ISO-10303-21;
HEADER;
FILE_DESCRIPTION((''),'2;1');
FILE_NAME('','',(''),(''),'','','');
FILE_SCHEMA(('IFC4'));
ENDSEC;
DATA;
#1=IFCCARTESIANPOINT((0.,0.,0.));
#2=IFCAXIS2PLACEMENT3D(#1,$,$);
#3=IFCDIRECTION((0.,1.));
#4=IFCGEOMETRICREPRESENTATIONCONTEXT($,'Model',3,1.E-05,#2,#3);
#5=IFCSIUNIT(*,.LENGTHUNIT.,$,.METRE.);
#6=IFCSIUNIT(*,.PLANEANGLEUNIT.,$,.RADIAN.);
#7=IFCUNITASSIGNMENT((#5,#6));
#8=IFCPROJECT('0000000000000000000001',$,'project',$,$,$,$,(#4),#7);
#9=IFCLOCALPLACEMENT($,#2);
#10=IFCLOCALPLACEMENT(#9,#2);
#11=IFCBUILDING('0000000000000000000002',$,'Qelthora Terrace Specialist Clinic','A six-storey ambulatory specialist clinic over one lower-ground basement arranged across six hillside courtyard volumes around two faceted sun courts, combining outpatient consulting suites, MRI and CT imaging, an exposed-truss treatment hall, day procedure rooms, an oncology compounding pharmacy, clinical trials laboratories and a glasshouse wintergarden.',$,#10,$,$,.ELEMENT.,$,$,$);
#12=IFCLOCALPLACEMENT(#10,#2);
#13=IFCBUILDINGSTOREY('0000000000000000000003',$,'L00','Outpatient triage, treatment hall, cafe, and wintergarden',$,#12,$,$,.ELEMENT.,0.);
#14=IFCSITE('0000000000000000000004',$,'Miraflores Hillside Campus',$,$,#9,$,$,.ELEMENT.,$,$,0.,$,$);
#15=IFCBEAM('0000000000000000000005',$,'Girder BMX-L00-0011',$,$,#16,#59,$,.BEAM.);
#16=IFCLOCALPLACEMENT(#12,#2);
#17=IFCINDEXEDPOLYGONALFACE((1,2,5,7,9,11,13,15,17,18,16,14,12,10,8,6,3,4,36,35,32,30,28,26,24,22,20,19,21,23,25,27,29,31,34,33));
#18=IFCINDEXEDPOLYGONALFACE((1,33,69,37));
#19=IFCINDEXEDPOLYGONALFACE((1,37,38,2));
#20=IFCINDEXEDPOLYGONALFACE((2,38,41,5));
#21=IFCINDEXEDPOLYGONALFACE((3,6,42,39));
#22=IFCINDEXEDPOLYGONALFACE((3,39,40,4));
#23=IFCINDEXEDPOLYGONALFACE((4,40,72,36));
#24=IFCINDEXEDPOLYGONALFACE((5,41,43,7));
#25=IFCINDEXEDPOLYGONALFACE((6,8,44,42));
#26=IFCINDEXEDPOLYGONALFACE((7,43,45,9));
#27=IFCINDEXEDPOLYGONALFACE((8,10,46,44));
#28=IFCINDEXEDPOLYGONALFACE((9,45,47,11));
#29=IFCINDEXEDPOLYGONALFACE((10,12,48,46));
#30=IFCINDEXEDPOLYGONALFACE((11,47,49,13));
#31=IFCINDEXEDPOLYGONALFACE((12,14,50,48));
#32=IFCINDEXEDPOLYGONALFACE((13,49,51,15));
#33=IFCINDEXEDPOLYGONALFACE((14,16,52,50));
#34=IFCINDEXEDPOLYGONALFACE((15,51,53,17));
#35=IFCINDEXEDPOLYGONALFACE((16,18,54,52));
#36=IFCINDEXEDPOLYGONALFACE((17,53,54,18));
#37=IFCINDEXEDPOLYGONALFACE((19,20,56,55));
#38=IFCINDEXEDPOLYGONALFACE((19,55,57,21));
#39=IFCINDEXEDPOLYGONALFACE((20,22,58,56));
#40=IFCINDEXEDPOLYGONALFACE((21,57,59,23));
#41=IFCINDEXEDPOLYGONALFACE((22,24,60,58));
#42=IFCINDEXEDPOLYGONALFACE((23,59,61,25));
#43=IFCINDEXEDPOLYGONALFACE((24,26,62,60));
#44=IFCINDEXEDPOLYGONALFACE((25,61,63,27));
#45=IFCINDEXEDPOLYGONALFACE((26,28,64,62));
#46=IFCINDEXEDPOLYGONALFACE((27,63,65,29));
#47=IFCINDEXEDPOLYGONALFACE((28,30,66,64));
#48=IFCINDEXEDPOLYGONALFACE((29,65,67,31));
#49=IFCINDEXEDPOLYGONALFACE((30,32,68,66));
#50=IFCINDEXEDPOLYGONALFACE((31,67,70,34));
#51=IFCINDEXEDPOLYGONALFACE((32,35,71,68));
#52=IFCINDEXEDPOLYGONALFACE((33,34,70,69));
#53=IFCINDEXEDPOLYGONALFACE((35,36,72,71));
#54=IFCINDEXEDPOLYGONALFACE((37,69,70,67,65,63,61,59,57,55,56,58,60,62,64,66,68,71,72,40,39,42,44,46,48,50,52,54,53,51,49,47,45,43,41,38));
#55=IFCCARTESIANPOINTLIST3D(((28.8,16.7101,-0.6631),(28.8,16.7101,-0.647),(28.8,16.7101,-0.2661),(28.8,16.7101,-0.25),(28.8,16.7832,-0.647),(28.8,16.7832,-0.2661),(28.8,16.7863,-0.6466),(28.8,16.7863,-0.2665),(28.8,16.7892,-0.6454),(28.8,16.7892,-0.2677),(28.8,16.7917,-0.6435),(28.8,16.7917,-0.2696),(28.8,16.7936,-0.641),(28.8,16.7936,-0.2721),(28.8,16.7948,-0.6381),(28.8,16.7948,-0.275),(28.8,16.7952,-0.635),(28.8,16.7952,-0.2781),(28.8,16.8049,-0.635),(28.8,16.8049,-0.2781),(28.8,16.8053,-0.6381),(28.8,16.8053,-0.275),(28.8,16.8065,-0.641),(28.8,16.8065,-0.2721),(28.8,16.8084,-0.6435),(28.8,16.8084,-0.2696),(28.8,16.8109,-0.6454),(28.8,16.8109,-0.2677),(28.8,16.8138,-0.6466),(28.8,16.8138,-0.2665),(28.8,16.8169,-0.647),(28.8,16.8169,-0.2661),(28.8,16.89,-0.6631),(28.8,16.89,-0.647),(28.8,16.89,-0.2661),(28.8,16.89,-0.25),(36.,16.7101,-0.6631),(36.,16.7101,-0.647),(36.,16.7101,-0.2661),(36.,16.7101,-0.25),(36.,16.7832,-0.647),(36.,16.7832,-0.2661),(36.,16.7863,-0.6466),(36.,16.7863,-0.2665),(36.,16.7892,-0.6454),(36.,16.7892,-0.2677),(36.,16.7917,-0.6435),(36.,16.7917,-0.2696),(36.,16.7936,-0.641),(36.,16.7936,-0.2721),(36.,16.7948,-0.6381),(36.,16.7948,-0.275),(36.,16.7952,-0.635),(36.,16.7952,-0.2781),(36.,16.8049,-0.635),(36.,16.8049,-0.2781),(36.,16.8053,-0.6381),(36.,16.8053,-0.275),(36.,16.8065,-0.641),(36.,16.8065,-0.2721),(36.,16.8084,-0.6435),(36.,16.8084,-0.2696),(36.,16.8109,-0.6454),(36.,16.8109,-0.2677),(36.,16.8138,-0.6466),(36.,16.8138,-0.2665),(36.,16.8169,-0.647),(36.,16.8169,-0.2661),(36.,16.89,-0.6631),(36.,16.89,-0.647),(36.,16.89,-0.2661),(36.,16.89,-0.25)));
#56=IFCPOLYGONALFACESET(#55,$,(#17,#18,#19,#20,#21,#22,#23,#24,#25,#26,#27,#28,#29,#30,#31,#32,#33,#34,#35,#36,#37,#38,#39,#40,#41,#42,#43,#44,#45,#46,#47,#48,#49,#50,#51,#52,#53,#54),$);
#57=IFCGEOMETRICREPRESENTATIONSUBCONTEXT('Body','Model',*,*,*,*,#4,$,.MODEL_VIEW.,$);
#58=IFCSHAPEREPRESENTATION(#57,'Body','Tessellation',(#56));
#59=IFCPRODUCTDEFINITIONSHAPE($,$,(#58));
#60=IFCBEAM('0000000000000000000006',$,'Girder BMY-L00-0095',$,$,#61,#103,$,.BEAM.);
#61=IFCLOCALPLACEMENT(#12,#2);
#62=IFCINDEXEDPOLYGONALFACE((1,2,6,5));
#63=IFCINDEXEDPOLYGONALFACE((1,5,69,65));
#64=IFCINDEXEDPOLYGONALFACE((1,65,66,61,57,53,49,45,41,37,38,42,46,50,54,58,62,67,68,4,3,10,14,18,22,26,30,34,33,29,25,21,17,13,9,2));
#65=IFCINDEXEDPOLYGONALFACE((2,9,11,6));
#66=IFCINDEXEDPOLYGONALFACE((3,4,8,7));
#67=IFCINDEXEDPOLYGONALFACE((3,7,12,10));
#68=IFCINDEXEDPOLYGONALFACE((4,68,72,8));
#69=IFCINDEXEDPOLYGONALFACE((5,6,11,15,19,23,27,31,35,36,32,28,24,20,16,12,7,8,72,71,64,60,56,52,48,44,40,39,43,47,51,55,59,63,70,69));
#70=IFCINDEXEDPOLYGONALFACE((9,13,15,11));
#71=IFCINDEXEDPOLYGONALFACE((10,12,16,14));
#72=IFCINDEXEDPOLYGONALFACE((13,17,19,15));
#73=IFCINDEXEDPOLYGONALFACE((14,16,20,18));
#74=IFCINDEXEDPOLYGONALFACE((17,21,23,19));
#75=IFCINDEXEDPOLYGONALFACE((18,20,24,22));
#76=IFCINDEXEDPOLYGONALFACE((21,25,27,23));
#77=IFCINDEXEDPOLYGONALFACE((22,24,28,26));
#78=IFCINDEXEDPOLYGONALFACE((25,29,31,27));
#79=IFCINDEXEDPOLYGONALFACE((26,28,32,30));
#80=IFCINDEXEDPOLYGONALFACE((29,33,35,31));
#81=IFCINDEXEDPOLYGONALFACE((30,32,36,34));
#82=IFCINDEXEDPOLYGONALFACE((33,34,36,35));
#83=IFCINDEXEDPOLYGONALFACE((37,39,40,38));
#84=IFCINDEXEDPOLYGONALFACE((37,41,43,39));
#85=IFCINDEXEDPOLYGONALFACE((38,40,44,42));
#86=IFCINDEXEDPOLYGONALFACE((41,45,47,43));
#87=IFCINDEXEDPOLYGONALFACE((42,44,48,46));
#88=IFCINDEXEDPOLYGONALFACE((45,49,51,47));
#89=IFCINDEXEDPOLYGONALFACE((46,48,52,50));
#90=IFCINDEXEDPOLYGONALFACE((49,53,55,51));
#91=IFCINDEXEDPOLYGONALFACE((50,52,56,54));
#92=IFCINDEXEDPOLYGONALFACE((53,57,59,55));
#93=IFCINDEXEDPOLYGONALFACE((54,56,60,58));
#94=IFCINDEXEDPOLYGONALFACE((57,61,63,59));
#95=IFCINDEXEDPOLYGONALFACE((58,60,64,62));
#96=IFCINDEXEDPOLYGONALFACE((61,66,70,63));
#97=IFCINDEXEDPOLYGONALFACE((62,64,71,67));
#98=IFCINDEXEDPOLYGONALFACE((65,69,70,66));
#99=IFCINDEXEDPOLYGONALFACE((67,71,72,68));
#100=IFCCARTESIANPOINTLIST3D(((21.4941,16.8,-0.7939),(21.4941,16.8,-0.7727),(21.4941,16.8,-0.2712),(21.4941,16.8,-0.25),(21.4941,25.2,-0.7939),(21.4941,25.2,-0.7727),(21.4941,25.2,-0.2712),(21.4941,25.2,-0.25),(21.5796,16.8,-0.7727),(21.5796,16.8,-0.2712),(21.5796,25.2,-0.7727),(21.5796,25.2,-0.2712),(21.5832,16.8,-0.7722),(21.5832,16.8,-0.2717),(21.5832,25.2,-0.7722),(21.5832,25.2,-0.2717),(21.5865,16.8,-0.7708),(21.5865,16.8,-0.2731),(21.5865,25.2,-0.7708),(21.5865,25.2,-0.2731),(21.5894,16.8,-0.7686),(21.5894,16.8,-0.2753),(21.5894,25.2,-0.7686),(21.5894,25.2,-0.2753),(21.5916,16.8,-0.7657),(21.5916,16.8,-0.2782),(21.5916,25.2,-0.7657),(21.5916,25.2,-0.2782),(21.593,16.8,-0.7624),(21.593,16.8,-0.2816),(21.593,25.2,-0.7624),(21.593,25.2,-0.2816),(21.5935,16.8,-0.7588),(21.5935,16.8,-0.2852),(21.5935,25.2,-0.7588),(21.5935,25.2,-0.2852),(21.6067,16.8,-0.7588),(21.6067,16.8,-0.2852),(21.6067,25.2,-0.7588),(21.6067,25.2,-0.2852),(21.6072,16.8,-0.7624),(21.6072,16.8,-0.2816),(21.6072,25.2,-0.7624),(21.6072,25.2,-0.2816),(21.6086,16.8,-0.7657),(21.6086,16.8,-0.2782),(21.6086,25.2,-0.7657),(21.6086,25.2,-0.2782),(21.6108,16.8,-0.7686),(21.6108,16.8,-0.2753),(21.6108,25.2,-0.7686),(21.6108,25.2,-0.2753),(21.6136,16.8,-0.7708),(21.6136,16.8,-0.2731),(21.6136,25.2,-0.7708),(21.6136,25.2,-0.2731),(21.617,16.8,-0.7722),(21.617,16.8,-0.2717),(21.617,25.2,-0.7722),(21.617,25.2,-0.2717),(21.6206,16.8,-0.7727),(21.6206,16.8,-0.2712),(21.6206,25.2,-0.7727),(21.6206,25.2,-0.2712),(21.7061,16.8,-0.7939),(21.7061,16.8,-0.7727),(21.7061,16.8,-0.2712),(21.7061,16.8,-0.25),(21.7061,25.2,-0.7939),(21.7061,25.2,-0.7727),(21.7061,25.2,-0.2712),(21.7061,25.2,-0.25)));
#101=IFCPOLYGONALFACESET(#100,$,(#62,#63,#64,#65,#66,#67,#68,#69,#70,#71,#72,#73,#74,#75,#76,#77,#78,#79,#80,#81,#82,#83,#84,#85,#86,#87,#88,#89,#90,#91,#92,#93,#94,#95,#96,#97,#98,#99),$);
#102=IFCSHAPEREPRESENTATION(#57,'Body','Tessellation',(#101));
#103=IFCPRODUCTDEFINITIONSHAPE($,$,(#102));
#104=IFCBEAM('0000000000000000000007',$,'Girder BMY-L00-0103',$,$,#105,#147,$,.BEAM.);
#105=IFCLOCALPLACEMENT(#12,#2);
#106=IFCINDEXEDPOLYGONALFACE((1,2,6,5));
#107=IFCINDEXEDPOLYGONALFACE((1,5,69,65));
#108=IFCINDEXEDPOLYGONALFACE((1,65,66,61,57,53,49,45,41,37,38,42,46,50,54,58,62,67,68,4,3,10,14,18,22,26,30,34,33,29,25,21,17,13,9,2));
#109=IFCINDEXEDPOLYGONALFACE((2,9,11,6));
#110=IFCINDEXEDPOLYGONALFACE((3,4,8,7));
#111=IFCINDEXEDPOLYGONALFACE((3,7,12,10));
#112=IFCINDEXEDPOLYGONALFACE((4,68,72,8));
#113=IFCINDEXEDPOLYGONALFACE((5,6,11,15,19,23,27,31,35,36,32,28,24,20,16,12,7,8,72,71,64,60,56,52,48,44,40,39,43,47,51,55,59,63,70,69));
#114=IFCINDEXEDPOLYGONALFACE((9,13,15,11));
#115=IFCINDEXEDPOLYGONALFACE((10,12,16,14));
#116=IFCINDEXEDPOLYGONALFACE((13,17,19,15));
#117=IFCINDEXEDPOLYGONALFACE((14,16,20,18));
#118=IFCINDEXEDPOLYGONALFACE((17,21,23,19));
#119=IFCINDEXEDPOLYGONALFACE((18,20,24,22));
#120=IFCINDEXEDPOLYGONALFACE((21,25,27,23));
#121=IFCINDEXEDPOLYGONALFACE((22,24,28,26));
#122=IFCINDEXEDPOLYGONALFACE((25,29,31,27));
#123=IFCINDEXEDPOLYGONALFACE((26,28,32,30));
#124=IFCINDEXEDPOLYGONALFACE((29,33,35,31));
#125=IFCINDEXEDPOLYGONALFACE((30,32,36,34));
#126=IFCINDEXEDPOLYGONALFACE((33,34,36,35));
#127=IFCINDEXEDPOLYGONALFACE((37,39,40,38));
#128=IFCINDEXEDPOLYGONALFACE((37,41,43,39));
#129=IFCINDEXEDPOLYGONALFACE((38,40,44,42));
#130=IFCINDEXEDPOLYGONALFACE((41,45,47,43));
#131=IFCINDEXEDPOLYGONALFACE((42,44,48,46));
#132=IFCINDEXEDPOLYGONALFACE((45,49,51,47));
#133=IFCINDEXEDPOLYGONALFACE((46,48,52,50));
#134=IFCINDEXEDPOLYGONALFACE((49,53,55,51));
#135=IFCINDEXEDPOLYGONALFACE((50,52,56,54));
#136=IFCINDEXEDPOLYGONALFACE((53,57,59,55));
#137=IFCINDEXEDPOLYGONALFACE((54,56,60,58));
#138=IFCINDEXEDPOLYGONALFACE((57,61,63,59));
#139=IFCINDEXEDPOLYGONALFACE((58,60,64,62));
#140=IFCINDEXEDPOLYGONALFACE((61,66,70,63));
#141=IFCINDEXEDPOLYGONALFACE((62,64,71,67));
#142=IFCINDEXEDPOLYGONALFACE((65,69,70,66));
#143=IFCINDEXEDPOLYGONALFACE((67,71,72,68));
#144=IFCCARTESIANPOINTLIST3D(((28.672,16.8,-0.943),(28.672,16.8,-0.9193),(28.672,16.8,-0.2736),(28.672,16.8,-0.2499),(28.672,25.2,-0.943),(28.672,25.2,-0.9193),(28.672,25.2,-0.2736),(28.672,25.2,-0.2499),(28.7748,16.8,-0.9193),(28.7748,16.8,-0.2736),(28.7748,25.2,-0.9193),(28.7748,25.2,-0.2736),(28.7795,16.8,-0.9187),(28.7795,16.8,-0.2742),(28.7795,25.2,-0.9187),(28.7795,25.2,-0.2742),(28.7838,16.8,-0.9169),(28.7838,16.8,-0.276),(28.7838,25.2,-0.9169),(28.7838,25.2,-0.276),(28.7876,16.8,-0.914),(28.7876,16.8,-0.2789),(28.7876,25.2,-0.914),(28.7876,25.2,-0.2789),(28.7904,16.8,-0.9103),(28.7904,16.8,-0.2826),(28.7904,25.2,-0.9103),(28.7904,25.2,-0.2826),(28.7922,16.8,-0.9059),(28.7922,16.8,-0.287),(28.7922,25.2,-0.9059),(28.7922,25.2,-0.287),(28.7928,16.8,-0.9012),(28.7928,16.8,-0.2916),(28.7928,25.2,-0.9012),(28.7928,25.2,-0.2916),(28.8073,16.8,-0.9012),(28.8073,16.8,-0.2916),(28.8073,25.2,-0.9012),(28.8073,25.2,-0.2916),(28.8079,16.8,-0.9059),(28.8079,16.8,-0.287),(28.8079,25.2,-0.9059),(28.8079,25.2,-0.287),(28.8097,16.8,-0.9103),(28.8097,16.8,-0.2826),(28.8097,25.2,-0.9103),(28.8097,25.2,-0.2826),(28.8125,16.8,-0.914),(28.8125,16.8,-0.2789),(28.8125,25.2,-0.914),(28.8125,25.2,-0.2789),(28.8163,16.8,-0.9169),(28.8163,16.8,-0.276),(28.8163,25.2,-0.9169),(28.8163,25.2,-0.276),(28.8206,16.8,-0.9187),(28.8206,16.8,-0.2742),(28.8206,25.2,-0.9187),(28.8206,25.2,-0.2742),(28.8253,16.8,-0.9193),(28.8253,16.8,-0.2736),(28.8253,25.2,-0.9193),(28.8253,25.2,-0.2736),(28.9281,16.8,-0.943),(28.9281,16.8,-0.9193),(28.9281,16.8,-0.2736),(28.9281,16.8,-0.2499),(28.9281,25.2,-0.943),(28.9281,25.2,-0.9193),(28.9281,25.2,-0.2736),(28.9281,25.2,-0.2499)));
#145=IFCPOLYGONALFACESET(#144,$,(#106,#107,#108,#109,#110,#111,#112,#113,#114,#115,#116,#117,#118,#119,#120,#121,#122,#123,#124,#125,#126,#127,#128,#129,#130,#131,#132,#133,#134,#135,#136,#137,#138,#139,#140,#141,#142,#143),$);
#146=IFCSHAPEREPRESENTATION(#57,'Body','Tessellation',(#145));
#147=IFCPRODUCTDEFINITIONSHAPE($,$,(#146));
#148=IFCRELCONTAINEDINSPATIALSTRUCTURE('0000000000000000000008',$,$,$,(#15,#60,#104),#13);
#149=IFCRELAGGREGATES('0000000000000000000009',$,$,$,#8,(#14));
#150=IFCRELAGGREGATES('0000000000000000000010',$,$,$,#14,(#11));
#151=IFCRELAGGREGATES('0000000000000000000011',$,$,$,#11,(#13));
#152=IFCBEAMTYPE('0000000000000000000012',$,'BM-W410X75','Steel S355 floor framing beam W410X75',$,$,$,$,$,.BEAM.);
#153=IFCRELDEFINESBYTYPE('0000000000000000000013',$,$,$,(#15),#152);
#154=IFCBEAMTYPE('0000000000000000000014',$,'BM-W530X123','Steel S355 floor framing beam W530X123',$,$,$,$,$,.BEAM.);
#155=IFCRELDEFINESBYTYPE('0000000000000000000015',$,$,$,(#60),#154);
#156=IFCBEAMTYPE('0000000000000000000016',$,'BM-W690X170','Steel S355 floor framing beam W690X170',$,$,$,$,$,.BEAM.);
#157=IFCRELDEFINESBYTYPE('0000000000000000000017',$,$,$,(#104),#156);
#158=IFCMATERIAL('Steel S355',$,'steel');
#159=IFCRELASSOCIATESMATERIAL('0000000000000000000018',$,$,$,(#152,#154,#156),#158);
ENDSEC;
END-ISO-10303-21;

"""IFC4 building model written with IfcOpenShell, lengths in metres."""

from ifc_helpers import new_model, si_unit, direction, frame, origin, origin_2d, place, context, subcontext, project, spatial, i_section, extrude, material, material_profile, profile_set, type_object, element, save


model = new_model("IFC4")

# Units and contexts
model_context = context("Model", 3, precision=1e-05, world=origin(), true_north=direction((0.0, 1.0)))
body_context = subcontext(model_context, "Body", "Model", "MODEL_VIEW")
ifc_project = project(units=[si_unit("LENGTHUNIT", "METRE"), si_unit("PLANEANGLEUNIT", "RADIAN")], contexts=[model_context])

# Site, building, storey
site_placement = place(None, origin())
site = spatial("IfcSite", under=ifc_project, at=site_placement, Name="Miraflores Hillside Campus", CompositionType="ELEMENT", RefElevation=0.0)
building_placement = place(site_placement, origin())
building = spatial("IfcBuilding", under=site, at=building_placement, Name="Qelthora Terrace Specialist Clinic", Description="A six-storey ambulatory specialist clinic over one lower-ground basement arranged across six hillside courtyard volumes around two faceted sun courts, combining outpatient consulting suites, MRI and CT imaging, an exposed-truss treatment hall, day procedure rooms, an oncology compounding pharmacy, clinical trials laboratories and a glasshouse wintergarden.", CompositionType="ELEMENT")
storey_placement = place(building_placement, origin())
storey = spatial("IfcBuildingStorey", under=building, at=storey_placement, Name="L00", Description="Outpatient triage, treatment hall, cafe, and wintergarden", CompositionType="ELEMENT", Elevation=0.0)

# Shared definitions
ifc_material_1 = material(Name="Steel S355", Category="steel")

# Beams
ifc_material_profile_1 = material_profile(ifc_material_1, i_section(OverallWidth=0.1799, OverallDepth=0.4131, WebThickness=0.0098, FlangeThickness=0.0161, FilletRadius=0.012, at=origin_2d()), Name="W410X75")
ifc_profile_set_1 = profile_set([ifc_material_profile_1], Name="Steel S355")
beam_type_1 = type_object("IfcBeamType", Name="BM-W410X75", Description="Steel S355 floor framing beam W410X75", PredefinedType="BEAM", material=ifc_profile_set_1)
beam_1_placement = place(storey_placement, frame((28.8, 16.8, -0.4565), z_axis=(1.0, 0.0, 0.0), x_axis=(0.0, 1.0, 0.0)))
element("IfcBeam", 1, at=beam_1_placement, inside=storey, type_object=beam_type_1, Name="Girder BMX-L00-0011", PredefinedType="BEAM", context=body_context, shape_type="SweptSolid", body=[
    extrude(i_section(OverallWidth=0.1799, OverallDepth=0.4131, WebThickness=0.0098, FlangeThickness=0.0161, FilletRadius=0.012, at=origin_2d()), origin(), (0.0, 0.0, 1.0), 7.2),
])
ifc_material_profile_2 = material_profile(ifc_material_1, i_section(OverallWidth=0.2119, OverallDepth=0.5439, WebThickness=0.0132, FlangeThickness=0.0212, FilletRadius=0.0139, at=origin_2d()), Name="W530X123")
ifc_profile_set_2 = profile_set([ifc_material_profile_2], Name="Steel S355")
beam_type_2 = type_object("IfcBeamType", Name="BM-W530X123", Description="Steel S355 floor framing beam W530X123", PredefinedType="BEAM", material=ifc_profile_set_2)
beam_2_placement = place(storey_placement, frame((21.6001, 16.8, -0.522), z_axis=(0.0, 1.0, 0.0), x_axis=(-1.0, 0.0, 0.0)))
element("IfcBeam", 2, at=beam_2_placement, inside=storey, type_object=beam_type_2, Name="Girder BMY-L00-0095", PredefinedType="BEAM", context=body_context, shape_type="SweptSolid", body=[
    extrude(i_section(OverallWidth=0.2119, OverallDepth=0.5439, WebThickness=0.0132, FlangeThickness=0.0212, FilletRadius=0.0139, at=origin_2d()), origin(), (0.0, 0.0, 1.0), 8.3999),
])
ifc_material_profile_3 = material_profile(ifc_material_1, i_section(OverallWidth=0.2561, OverallDepth=0.6931, WebThickness=0.0144, FlangeThickness=0.0237, FilletRadius=0.0181, at=origin_2d()), Name="W690X170")
ifc_profile_set_3 = profile_set([ifc_material_profile_3], Name="Steel S355")
beam_type_3 = type_object("IfcBeamType", Name="BM-W690X170", Description="Steel S355 floor framing beam W690X170", PredefinedType="BEAM", material=ifc_profile_set_3)
beam_3_placement = place(storey_placement, frame((28.8, 16.8, -0.5964), z_axis=(0.0, 1.0, 0.0), x_axis=(-1.0, 0.0, 0.0)))
element("IfcBeam", 3, at=beam_3_placement, inside=storey, type_object=beam_type_3, Name="Girder BMY-L00-0103", PredefinedType="BEAM", context=body_context, shape_type="SweptSolid", body=[
    extrude(i_section(OverallWidth=0.2561, OverallDepth=0.6931, WebThickness=0.0144, FlangeThickness=0.0237, FilletRadius=0.0181, at=origin_2d()), origin(), (0.0, 0.0, 1.0), 8.3999),
])

save(model, "model.ifc")
